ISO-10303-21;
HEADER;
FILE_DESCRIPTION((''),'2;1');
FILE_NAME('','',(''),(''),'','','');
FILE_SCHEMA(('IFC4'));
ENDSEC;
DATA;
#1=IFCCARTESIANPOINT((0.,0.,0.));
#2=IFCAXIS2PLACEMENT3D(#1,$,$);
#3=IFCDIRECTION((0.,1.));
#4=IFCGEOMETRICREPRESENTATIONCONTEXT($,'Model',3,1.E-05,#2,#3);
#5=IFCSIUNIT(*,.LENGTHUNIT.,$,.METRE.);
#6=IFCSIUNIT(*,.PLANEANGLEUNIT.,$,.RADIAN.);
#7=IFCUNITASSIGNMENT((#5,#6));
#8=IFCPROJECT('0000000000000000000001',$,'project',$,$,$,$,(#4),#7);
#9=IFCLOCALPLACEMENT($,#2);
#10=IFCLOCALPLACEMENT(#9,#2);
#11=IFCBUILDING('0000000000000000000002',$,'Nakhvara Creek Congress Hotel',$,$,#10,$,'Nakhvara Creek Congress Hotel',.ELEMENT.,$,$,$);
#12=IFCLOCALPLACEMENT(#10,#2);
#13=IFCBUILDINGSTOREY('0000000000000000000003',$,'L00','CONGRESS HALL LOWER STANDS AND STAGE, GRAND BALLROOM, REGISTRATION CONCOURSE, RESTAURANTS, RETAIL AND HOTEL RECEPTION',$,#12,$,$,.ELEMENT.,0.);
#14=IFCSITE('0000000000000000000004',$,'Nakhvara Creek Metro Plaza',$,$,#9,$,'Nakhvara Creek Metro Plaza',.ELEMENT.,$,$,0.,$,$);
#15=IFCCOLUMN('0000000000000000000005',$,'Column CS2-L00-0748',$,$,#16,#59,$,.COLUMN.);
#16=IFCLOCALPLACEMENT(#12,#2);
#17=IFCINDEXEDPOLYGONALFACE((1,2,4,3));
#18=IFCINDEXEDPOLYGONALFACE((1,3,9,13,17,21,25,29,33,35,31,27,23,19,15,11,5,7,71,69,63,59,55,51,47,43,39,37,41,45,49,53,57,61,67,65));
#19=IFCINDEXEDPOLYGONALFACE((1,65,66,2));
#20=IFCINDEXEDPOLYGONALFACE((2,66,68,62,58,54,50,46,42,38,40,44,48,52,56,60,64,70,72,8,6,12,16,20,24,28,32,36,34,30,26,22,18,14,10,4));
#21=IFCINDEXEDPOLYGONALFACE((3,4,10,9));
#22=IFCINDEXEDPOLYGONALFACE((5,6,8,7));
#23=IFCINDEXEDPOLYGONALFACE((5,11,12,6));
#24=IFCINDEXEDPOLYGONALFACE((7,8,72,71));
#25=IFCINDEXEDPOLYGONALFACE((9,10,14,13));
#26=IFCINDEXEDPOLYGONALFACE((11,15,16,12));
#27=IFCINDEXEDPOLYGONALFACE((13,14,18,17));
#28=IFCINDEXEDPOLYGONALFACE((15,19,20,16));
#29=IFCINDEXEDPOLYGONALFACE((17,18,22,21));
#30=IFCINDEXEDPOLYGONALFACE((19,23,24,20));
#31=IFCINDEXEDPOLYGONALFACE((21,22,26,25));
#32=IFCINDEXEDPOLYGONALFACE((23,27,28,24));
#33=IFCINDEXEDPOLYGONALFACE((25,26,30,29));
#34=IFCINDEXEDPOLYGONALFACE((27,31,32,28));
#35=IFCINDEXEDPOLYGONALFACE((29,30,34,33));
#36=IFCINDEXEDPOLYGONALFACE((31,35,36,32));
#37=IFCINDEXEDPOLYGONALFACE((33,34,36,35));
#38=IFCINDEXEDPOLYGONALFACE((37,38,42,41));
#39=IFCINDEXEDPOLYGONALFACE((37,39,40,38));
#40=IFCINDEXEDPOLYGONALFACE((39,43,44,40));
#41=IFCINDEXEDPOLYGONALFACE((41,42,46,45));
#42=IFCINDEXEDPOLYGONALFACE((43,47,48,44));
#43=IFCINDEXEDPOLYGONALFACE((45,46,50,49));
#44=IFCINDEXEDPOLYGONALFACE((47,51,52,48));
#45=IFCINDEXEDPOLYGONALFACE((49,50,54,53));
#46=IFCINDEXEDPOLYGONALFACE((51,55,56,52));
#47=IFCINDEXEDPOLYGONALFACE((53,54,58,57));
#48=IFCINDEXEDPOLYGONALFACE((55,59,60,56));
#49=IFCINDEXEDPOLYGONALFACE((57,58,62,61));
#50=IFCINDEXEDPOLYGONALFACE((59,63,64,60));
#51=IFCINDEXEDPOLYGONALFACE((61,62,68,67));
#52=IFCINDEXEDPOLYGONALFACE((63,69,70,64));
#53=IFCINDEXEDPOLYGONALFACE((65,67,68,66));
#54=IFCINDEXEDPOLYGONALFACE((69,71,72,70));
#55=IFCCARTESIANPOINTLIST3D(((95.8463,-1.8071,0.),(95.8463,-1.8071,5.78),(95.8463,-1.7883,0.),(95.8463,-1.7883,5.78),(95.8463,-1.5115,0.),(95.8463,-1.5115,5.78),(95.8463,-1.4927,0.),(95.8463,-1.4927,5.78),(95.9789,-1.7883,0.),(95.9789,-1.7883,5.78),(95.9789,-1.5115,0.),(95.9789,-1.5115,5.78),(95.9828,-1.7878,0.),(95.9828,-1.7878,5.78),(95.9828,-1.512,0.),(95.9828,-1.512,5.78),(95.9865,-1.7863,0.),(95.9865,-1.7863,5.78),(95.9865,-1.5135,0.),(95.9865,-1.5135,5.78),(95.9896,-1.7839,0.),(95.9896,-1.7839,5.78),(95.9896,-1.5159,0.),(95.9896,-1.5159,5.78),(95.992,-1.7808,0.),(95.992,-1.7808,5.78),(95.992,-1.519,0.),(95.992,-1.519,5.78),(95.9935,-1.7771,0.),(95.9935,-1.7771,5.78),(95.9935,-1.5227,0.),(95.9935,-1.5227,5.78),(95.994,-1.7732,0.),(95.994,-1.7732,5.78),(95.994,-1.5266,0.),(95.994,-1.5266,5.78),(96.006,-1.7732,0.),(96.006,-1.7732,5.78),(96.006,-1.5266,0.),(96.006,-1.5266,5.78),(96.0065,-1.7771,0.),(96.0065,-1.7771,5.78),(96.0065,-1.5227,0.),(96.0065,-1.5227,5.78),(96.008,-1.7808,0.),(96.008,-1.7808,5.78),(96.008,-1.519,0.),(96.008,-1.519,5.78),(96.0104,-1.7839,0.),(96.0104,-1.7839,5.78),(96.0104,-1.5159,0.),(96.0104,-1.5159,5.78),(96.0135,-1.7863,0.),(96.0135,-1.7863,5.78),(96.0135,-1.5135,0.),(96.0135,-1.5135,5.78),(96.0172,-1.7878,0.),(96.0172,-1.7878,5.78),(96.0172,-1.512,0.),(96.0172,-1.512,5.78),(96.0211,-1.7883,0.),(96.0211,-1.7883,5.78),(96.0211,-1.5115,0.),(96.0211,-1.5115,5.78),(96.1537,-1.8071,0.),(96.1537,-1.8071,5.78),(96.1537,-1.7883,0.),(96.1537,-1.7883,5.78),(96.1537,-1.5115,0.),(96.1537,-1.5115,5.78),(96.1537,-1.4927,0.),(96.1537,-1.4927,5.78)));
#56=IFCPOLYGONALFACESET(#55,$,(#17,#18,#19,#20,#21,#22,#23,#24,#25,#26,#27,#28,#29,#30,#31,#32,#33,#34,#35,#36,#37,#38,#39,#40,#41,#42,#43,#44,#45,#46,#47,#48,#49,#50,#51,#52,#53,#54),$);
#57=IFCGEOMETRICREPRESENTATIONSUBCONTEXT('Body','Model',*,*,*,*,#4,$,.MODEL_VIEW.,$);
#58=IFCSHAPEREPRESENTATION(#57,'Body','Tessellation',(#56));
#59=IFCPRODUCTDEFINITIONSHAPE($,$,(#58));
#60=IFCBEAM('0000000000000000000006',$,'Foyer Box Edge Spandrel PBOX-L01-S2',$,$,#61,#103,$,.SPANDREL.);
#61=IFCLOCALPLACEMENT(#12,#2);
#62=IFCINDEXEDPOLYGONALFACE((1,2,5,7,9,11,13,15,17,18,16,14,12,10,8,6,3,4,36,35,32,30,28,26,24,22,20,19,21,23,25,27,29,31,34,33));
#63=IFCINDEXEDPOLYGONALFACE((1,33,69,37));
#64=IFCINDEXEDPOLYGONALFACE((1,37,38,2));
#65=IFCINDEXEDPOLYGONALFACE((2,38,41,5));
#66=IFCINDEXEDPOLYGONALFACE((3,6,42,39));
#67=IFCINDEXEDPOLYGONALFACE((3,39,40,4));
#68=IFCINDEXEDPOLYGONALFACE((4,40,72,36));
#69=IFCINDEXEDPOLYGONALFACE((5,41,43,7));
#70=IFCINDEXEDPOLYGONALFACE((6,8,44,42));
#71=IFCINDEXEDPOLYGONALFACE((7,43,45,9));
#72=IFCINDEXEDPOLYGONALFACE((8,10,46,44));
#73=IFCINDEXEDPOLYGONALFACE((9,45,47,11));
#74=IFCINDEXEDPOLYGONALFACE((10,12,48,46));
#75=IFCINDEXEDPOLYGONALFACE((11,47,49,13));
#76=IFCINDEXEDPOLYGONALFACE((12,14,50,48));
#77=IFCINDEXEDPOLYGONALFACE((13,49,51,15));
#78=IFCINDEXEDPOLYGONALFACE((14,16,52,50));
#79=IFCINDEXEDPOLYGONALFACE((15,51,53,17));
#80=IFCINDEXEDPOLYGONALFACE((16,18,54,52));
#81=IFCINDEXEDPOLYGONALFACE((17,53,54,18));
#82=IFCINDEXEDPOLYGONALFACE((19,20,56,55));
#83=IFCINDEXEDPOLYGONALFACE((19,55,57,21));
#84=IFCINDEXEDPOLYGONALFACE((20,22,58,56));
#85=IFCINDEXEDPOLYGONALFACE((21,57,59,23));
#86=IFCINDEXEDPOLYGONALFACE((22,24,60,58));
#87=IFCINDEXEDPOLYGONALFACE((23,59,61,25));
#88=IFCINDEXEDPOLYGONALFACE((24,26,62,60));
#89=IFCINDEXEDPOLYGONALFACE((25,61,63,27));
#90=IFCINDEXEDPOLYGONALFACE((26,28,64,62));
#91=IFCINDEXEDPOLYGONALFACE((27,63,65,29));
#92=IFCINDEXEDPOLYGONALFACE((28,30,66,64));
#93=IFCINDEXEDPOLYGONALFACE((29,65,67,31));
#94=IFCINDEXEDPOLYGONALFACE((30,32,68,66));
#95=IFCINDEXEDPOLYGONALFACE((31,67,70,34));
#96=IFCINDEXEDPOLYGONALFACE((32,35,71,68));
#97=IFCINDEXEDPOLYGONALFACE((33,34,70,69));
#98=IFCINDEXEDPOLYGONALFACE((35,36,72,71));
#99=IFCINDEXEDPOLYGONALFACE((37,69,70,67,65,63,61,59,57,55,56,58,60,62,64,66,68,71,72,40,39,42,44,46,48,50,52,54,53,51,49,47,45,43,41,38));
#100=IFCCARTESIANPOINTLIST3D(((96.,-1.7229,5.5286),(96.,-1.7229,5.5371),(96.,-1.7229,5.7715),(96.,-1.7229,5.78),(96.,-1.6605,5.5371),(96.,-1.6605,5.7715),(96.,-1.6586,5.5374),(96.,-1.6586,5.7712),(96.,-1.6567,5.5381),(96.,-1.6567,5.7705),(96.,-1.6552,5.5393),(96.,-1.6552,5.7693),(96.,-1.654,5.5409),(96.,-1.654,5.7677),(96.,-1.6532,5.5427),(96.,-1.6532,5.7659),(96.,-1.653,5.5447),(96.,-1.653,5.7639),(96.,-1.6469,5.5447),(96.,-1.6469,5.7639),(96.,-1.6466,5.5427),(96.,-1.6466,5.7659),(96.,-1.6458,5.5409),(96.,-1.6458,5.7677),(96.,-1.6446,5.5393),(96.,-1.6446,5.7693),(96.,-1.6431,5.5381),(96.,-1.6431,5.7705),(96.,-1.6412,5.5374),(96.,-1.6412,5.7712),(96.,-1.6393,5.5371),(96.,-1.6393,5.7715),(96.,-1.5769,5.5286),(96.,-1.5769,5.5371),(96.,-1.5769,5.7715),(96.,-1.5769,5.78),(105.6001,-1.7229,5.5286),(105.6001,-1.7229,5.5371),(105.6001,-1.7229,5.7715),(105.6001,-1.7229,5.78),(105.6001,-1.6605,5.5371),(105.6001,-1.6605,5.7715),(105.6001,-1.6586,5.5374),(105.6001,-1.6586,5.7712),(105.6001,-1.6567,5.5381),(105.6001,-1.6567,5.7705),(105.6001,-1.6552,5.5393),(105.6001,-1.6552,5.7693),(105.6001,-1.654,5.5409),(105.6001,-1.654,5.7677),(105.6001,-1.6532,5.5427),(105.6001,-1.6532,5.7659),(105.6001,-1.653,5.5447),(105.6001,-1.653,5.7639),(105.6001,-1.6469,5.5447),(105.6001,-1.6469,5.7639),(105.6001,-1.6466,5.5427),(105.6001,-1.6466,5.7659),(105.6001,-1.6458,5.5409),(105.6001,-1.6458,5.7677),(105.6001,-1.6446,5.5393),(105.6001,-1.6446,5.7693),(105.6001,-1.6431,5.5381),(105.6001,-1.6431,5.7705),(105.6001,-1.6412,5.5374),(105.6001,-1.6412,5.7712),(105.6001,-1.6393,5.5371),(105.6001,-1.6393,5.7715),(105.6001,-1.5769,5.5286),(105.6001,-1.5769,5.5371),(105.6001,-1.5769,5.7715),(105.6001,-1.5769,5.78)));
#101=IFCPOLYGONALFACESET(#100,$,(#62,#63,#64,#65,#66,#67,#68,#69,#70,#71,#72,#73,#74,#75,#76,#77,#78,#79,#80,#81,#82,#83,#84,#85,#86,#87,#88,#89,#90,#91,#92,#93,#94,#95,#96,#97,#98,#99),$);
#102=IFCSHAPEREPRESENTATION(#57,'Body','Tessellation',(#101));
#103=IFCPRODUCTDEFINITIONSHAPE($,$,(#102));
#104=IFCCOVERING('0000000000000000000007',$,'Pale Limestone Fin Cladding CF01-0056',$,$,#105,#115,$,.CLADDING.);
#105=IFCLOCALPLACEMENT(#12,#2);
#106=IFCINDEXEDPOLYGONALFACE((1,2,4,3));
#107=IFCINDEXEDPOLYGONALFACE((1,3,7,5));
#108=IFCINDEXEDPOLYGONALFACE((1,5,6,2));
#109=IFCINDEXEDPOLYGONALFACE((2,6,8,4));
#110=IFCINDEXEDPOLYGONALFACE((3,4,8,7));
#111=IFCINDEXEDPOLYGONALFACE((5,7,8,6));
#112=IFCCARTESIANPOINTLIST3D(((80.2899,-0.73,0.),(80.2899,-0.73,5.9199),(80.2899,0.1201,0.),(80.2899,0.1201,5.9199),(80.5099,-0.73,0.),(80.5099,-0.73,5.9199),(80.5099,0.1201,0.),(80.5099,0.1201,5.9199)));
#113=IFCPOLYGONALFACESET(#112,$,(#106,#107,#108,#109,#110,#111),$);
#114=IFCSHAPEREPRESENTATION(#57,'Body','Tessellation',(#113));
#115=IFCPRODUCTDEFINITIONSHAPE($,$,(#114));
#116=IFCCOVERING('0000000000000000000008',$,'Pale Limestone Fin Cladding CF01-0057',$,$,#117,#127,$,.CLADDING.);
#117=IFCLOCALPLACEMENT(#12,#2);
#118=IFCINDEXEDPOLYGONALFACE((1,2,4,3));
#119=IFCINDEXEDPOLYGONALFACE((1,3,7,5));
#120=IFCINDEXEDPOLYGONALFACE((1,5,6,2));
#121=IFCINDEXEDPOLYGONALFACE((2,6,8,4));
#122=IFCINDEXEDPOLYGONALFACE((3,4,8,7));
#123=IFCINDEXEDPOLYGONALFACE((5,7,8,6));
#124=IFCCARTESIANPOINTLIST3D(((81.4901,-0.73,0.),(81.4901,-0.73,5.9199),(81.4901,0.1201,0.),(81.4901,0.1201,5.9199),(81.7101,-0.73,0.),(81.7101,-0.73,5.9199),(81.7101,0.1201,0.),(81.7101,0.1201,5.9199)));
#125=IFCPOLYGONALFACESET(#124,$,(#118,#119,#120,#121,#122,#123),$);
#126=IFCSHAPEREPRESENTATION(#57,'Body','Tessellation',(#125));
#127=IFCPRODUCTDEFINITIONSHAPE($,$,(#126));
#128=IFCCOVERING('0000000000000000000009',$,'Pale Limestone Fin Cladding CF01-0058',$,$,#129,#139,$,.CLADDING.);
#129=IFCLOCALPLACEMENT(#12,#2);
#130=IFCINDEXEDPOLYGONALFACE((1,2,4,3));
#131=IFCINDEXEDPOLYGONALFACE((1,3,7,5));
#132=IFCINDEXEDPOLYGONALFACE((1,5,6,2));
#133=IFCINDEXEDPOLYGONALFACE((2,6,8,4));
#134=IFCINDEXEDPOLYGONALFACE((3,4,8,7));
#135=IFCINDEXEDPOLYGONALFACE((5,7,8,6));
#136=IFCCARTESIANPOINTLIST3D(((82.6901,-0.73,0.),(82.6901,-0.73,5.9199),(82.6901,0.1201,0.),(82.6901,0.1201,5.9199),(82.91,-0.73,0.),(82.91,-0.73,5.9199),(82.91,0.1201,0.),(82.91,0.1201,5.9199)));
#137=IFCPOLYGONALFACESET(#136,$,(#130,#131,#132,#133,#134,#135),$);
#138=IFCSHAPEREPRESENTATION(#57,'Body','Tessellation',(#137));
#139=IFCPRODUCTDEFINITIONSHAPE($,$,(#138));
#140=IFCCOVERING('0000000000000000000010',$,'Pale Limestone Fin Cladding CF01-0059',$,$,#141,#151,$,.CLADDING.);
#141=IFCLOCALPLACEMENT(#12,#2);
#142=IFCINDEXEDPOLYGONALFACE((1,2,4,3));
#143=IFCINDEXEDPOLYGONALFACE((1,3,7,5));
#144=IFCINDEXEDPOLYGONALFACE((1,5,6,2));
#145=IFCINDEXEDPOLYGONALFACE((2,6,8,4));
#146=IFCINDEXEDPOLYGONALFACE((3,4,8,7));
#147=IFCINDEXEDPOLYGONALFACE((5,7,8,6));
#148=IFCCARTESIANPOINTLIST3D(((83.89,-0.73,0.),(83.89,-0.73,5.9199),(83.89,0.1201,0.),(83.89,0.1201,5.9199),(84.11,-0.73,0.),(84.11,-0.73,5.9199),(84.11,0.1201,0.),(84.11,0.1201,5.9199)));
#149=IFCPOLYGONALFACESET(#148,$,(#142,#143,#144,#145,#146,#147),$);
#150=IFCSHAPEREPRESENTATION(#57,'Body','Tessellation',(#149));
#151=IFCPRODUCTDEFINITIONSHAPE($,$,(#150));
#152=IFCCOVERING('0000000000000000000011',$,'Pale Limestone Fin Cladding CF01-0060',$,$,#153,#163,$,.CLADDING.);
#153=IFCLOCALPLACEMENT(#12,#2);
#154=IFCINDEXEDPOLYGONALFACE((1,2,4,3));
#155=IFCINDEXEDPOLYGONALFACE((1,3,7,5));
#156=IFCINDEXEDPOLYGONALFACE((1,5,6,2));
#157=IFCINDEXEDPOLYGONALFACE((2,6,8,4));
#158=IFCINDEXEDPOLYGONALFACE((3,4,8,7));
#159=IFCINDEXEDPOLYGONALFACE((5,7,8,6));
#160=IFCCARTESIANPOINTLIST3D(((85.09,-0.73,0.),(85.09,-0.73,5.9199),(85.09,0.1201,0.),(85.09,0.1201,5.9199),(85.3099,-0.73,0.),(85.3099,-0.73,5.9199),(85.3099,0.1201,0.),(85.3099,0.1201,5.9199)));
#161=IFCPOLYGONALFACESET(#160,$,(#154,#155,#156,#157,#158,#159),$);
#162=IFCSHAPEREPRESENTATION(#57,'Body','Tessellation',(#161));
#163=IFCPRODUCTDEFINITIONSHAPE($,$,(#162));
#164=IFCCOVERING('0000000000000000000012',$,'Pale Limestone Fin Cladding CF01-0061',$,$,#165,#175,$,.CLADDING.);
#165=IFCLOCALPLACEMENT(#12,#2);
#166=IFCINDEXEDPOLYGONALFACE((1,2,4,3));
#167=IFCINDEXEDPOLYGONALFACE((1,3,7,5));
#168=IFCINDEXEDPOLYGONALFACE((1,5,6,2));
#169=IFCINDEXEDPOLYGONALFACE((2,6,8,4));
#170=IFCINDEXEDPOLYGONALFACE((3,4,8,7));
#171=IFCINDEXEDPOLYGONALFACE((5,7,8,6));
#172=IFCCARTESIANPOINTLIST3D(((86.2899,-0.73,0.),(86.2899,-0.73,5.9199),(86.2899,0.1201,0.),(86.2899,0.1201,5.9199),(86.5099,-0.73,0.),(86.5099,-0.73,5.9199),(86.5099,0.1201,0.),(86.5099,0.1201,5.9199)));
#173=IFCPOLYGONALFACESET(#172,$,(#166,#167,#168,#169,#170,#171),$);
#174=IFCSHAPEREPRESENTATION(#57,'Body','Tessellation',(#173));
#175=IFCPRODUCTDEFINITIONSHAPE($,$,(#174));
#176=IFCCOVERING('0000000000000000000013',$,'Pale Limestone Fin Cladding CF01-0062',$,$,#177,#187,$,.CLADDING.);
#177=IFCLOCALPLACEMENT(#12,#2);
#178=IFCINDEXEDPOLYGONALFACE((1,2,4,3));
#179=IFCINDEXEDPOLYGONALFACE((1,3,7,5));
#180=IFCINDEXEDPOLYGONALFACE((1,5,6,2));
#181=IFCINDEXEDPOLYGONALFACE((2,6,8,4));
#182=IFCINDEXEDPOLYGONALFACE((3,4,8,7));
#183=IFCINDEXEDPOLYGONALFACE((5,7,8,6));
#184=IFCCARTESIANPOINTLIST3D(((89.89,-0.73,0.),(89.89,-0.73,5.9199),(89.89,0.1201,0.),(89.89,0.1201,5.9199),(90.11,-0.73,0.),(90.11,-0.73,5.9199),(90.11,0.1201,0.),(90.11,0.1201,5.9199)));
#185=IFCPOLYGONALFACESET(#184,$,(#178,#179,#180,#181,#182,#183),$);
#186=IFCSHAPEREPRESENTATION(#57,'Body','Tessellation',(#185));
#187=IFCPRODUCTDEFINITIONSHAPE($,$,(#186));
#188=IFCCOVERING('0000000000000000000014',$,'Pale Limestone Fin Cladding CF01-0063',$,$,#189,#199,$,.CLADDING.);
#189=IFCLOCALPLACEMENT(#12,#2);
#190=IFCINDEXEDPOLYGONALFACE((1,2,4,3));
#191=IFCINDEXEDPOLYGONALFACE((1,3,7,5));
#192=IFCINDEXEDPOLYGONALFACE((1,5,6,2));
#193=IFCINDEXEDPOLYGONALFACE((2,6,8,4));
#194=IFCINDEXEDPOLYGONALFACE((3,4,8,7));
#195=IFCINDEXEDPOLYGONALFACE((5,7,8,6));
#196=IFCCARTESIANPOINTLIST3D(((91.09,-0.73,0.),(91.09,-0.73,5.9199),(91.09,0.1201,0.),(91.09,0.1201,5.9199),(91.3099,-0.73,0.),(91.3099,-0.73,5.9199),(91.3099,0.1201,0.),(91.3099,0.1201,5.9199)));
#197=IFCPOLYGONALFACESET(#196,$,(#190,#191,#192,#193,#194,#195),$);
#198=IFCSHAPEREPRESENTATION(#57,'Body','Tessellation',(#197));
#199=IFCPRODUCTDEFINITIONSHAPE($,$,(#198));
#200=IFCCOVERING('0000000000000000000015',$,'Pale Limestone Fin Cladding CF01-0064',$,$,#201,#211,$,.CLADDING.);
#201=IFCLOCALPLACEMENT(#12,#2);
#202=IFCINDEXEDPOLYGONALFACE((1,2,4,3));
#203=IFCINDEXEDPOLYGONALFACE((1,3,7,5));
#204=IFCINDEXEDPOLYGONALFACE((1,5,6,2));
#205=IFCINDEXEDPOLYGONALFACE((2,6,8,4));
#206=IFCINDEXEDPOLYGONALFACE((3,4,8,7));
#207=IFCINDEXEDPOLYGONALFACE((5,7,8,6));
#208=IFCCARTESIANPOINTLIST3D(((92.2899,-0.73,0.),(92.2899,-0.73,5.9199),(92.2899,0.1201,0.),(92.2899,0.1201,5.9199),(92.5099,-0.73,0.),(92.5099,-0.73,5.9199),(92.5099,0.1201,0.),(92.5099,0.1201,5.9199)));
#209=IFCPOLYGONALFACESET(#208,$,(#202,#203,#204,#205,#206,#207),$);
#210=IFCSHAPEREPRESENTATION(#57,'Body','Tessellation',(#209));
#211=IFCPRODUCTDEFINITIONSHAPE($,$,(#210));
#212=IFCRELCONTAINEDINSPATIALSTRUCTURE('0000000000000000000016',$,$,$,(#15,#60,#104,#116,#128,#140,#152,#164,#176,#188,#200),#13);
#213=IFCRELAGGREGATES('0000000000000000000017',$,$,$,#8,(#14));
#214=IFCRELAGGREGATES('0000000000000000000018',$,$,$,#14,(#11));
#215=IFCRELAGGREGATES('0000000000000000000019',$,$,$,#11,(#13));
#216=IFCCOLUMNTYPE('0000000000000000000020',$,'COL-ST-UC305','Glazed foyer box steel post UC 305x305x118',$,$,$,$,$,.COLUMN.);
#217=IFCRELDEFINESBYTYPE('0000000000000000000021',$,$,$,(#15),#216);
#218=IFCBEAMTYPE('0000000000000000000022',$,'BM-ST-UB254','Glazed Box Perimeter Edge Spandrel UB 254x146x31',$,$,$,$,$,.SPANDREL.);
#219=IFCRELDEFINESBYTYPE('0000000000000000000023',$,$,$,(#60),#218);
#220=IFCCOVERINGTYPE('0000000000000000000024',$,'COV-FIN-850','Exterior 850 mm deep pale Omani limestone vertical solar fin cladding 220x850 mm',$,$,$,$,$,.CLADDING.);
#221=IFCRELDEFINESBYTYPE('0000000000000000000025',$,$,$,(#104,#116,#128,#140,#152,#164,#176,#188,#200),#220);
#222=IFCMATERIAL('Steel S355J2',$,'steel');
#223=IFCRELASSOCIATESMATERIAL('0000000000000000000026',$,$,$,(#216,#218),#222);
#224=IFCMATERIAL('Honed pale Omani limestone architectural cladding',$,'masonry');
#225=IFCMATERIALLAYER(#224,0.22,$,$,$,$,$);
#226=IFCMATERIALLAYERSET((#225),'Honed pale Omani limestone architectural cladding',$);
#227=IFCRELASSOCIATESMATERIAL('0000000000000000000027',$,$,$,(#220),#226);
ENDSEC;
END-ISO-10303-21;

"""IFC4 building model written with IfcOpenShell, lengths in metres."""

from ifc_helpers import new_model, si_unit, direction, frame, origin, origin_2d, place, context, subcontext, project, spatial, rectangle, i_section, extrude, material, layer, layer_set, material_profile, profile_set, type_object, element, save


model = new_model("IFC4")

# Units and contexts
model_context = context("Model", 3, precision=1e-05, world=origin(), true_north=direction((0.0, 1.0)))
body_context = subcontext(model_context, "Body", "Model", "MODEL_VIEW")
ifc_project = project(units=[si_unit("LENGTHUNIT", "METRE"), si_unit("PLANEANGLEUNIT", "RADIAN")], contexts=[model_context])

# Site, building, storey
site_placement = place(None, origin())
site = spatial("IfcSite", under=ifc_project, at=site_placement, Name="Nakhvara Creek Metro Plaza", LongName="Nakhvara Creek Metro Plaza", CompositionType="ELEMENT", RefElevation=0.0)
building_placement = place(site_placement, origin())
building = spatial("IfcBuilding", under=site, at=building_placement, Name="Nakhvara Creek Congress Hotel", LongName="Nakhvara Creek Congress Hotel", CompositionType="ELEMENT")
storey_placement = place(building_placement, origin())
storey = spatial("IfcBuildingStorey", under=building, at=storey_placement, Name="L00", Description="CONGRESS HALL LOWER STANDS AND STAGE, GRAND BALLROOM, REGISTRATION CONCOURSE, RESTAURANTS, RETAIL AND HOTEL RECEPTION", CompositionType="ELEMENT", Elevation=0.0)

# Column
ifc_material_1 = material(Name="Steel S355J2", Category="steel")
ifc_material_profile_1 = material_profile(ifc_material_1, i_section(OverallWidth=0.3074, OverallDepth=0.3145, WebThickness=0.012, FlangeThickness=0.0188, FilletRadius=0.0151, at=origin_2d()), Name="UC 305x305x118", Category="LoadBearing")
ifc_profile_set_1 = profile_set([ifc_material_profile_1], Name="Steel S355J2")
column_type = type_object("IfcColumnType", Name="COL-ST-UC305", Description="Glazed foyer box steel post UC 305x305x118", PredefinedType="COLUMN", material=ifc_profile_set_1)
column_placement = place(storey_placement, frame((96.0, -1.6499, 0.0), z_axis=(0.0, 0.0, 1.0), x_axis=(1.0, 0.0, 0.0)))
element("IfcColumn", 1, at=column_placement, inside=storey, type_object=column_type, Name="Column CS2-L00-0748", PredefinedType="COLUMN", context=body_context, shape_type="SweptSolid", body=[
    extrude(i_section(OverallWidth=0.3074, OverallDepth=0.3145, WebThickness=0.012, FlangeThickness=0.0188, FilletRadius=0.0151, at=origin_2d()), origin(), (0.0, 0.0, 1.0), 5.78),
])

# Beam
ifc_material_profile_2 = material_profile(ifc_material_1, i_section(OverallWidth=0.146, OverallDepth=0.2515, WebThickness=0.0061, FlangeThickness=0.0085, FilletRadius=0.0076, at=origin_2d()), Name="UB 254x146x31", Category="LoadBearing")
ifc_profile_set_2 = profile_set([ifc_material_profile_2], Name="Steel S355J2")
beam_type = type_object("IfcBeamType", Name="BM-ST-UB254", Description="Glazed Box Perimeter Edge Spandrel UB 254x146x31", PredefinedType="SPANDREL", material=ifc_profile_set_2)
beam_placement = place(storey_placement, frame((96.0, -1.6499, 5.6543), z_axis=(1.0, 0.0, 0.0), x_axis=(0.0, 1.0, 0.0)))
element("IfcBeam", 2, at=beam_placement, inside=storey, type_object=beam_type, Name="Foyer Box Edge Spandrel PBOX-L01-S2", PredefinedType="SPANDREL", context=body_context, shape_type="SweptSolid", body=[
    extrude(i_section(OverallWidth=0.146, OverallDepth=0.2515, WebThickness=0.0061, FlangeThickness=0.0085, FilletRadius=0.0076, at=origin_2d()), origin(), (0.0, 0.0, 1.0), 9.6001),
])

# Coverings
ifc_material_2 = material(Name="Honed pale Omani limestone architectural cladding", Category="masonry")
ifc_layer = layer(ifc_material_2, 0.22)
ifc_layer_set = layer_set([ifc_layer], Name="Honed pale Omani limestone architectural cladding")
covering_type = type_object("IfcCoveringType", Name="COV-FIN-850", Description="Exterior 850 mm deep pale Omani limestone vertical solar fin cladding 220x850 mm", PredefinedType="CLADDING", material=ifc_layer_set)
for number, where, z_axis, x_axis, name in (
    (3, (80.3999, -0.3049, 0.0), (0.0, 0.0, 1.0), (1.0, 0.0, 0.0), "Pale Limestone Fin Cladding CF01-0056"),
    (4, (81.6001, -0.3049, 0.0), (0.0, 0.0, 1.0), (1.0, 0.0, 0.0), "Pale Limestone Fin Cladding CF01-0057"),
    (5, (82.8, -0.3049, 0.0), (0.0, 0.0, 1.0), (1.0, 0.0, 0.0), "Pale Limestone Fin Cladding CF01-0058"),
    (6, (84.0, -0.3049, 0.0), (0.0, 0.0, 1.0), (1.0, 0.0, 0.0), "Pale Limestone Fin Cladding CF01-0059"),
    (7, (85.2, -0.3049, 0.0), (0.0, 0.0, 1.0), (1.0, 0.0, 0.0), "Pale Limestone Fin Cladding CF01-0060"),
    (8, (86.3999, -0.3049, 0.0), (0.0, 0.0, 1.0), (1.0, 0.0, 0.0), "Pale Limestone Fin Cladding CF01-0061"),
    (9, (90.0, -0.3049, 0.0), (0.0, 0.0, 1.0), (1.0, 0.0, 0.0), "Pale Limestone Fin Cladding CF01-0062"),
    (10, (91.2, -0.3049, 0.0), (0.0, 0.0, 1.0), (1.0, 0.0, 0.0), "Pale Limestone Fin Cladding CF01-0063"),
    (11, (92.3999, -0.3049, 0.0), (0.0, 0.0, 1.0), (1.0, 0.0, 0.0), "Pale Limestone Fin Cladding CF01-0064"),
):
    element("IfcCovering", number, at=place(storey_placement, frame(where, z_axis=z_axis, x_axis=x_axis)), inside=storey, type_object=covering_type, Name=name, PredefinedType="CLADDING", context=body_context, shape_type="SweptSolid", body=[
        extrude(rectangle(XDim=0.22, YDim=0.8501, at=origin_2d()), origin(), (0.0, 0.0, 1.0), 5.9199),
    ])

save(model, "model.ifc")
